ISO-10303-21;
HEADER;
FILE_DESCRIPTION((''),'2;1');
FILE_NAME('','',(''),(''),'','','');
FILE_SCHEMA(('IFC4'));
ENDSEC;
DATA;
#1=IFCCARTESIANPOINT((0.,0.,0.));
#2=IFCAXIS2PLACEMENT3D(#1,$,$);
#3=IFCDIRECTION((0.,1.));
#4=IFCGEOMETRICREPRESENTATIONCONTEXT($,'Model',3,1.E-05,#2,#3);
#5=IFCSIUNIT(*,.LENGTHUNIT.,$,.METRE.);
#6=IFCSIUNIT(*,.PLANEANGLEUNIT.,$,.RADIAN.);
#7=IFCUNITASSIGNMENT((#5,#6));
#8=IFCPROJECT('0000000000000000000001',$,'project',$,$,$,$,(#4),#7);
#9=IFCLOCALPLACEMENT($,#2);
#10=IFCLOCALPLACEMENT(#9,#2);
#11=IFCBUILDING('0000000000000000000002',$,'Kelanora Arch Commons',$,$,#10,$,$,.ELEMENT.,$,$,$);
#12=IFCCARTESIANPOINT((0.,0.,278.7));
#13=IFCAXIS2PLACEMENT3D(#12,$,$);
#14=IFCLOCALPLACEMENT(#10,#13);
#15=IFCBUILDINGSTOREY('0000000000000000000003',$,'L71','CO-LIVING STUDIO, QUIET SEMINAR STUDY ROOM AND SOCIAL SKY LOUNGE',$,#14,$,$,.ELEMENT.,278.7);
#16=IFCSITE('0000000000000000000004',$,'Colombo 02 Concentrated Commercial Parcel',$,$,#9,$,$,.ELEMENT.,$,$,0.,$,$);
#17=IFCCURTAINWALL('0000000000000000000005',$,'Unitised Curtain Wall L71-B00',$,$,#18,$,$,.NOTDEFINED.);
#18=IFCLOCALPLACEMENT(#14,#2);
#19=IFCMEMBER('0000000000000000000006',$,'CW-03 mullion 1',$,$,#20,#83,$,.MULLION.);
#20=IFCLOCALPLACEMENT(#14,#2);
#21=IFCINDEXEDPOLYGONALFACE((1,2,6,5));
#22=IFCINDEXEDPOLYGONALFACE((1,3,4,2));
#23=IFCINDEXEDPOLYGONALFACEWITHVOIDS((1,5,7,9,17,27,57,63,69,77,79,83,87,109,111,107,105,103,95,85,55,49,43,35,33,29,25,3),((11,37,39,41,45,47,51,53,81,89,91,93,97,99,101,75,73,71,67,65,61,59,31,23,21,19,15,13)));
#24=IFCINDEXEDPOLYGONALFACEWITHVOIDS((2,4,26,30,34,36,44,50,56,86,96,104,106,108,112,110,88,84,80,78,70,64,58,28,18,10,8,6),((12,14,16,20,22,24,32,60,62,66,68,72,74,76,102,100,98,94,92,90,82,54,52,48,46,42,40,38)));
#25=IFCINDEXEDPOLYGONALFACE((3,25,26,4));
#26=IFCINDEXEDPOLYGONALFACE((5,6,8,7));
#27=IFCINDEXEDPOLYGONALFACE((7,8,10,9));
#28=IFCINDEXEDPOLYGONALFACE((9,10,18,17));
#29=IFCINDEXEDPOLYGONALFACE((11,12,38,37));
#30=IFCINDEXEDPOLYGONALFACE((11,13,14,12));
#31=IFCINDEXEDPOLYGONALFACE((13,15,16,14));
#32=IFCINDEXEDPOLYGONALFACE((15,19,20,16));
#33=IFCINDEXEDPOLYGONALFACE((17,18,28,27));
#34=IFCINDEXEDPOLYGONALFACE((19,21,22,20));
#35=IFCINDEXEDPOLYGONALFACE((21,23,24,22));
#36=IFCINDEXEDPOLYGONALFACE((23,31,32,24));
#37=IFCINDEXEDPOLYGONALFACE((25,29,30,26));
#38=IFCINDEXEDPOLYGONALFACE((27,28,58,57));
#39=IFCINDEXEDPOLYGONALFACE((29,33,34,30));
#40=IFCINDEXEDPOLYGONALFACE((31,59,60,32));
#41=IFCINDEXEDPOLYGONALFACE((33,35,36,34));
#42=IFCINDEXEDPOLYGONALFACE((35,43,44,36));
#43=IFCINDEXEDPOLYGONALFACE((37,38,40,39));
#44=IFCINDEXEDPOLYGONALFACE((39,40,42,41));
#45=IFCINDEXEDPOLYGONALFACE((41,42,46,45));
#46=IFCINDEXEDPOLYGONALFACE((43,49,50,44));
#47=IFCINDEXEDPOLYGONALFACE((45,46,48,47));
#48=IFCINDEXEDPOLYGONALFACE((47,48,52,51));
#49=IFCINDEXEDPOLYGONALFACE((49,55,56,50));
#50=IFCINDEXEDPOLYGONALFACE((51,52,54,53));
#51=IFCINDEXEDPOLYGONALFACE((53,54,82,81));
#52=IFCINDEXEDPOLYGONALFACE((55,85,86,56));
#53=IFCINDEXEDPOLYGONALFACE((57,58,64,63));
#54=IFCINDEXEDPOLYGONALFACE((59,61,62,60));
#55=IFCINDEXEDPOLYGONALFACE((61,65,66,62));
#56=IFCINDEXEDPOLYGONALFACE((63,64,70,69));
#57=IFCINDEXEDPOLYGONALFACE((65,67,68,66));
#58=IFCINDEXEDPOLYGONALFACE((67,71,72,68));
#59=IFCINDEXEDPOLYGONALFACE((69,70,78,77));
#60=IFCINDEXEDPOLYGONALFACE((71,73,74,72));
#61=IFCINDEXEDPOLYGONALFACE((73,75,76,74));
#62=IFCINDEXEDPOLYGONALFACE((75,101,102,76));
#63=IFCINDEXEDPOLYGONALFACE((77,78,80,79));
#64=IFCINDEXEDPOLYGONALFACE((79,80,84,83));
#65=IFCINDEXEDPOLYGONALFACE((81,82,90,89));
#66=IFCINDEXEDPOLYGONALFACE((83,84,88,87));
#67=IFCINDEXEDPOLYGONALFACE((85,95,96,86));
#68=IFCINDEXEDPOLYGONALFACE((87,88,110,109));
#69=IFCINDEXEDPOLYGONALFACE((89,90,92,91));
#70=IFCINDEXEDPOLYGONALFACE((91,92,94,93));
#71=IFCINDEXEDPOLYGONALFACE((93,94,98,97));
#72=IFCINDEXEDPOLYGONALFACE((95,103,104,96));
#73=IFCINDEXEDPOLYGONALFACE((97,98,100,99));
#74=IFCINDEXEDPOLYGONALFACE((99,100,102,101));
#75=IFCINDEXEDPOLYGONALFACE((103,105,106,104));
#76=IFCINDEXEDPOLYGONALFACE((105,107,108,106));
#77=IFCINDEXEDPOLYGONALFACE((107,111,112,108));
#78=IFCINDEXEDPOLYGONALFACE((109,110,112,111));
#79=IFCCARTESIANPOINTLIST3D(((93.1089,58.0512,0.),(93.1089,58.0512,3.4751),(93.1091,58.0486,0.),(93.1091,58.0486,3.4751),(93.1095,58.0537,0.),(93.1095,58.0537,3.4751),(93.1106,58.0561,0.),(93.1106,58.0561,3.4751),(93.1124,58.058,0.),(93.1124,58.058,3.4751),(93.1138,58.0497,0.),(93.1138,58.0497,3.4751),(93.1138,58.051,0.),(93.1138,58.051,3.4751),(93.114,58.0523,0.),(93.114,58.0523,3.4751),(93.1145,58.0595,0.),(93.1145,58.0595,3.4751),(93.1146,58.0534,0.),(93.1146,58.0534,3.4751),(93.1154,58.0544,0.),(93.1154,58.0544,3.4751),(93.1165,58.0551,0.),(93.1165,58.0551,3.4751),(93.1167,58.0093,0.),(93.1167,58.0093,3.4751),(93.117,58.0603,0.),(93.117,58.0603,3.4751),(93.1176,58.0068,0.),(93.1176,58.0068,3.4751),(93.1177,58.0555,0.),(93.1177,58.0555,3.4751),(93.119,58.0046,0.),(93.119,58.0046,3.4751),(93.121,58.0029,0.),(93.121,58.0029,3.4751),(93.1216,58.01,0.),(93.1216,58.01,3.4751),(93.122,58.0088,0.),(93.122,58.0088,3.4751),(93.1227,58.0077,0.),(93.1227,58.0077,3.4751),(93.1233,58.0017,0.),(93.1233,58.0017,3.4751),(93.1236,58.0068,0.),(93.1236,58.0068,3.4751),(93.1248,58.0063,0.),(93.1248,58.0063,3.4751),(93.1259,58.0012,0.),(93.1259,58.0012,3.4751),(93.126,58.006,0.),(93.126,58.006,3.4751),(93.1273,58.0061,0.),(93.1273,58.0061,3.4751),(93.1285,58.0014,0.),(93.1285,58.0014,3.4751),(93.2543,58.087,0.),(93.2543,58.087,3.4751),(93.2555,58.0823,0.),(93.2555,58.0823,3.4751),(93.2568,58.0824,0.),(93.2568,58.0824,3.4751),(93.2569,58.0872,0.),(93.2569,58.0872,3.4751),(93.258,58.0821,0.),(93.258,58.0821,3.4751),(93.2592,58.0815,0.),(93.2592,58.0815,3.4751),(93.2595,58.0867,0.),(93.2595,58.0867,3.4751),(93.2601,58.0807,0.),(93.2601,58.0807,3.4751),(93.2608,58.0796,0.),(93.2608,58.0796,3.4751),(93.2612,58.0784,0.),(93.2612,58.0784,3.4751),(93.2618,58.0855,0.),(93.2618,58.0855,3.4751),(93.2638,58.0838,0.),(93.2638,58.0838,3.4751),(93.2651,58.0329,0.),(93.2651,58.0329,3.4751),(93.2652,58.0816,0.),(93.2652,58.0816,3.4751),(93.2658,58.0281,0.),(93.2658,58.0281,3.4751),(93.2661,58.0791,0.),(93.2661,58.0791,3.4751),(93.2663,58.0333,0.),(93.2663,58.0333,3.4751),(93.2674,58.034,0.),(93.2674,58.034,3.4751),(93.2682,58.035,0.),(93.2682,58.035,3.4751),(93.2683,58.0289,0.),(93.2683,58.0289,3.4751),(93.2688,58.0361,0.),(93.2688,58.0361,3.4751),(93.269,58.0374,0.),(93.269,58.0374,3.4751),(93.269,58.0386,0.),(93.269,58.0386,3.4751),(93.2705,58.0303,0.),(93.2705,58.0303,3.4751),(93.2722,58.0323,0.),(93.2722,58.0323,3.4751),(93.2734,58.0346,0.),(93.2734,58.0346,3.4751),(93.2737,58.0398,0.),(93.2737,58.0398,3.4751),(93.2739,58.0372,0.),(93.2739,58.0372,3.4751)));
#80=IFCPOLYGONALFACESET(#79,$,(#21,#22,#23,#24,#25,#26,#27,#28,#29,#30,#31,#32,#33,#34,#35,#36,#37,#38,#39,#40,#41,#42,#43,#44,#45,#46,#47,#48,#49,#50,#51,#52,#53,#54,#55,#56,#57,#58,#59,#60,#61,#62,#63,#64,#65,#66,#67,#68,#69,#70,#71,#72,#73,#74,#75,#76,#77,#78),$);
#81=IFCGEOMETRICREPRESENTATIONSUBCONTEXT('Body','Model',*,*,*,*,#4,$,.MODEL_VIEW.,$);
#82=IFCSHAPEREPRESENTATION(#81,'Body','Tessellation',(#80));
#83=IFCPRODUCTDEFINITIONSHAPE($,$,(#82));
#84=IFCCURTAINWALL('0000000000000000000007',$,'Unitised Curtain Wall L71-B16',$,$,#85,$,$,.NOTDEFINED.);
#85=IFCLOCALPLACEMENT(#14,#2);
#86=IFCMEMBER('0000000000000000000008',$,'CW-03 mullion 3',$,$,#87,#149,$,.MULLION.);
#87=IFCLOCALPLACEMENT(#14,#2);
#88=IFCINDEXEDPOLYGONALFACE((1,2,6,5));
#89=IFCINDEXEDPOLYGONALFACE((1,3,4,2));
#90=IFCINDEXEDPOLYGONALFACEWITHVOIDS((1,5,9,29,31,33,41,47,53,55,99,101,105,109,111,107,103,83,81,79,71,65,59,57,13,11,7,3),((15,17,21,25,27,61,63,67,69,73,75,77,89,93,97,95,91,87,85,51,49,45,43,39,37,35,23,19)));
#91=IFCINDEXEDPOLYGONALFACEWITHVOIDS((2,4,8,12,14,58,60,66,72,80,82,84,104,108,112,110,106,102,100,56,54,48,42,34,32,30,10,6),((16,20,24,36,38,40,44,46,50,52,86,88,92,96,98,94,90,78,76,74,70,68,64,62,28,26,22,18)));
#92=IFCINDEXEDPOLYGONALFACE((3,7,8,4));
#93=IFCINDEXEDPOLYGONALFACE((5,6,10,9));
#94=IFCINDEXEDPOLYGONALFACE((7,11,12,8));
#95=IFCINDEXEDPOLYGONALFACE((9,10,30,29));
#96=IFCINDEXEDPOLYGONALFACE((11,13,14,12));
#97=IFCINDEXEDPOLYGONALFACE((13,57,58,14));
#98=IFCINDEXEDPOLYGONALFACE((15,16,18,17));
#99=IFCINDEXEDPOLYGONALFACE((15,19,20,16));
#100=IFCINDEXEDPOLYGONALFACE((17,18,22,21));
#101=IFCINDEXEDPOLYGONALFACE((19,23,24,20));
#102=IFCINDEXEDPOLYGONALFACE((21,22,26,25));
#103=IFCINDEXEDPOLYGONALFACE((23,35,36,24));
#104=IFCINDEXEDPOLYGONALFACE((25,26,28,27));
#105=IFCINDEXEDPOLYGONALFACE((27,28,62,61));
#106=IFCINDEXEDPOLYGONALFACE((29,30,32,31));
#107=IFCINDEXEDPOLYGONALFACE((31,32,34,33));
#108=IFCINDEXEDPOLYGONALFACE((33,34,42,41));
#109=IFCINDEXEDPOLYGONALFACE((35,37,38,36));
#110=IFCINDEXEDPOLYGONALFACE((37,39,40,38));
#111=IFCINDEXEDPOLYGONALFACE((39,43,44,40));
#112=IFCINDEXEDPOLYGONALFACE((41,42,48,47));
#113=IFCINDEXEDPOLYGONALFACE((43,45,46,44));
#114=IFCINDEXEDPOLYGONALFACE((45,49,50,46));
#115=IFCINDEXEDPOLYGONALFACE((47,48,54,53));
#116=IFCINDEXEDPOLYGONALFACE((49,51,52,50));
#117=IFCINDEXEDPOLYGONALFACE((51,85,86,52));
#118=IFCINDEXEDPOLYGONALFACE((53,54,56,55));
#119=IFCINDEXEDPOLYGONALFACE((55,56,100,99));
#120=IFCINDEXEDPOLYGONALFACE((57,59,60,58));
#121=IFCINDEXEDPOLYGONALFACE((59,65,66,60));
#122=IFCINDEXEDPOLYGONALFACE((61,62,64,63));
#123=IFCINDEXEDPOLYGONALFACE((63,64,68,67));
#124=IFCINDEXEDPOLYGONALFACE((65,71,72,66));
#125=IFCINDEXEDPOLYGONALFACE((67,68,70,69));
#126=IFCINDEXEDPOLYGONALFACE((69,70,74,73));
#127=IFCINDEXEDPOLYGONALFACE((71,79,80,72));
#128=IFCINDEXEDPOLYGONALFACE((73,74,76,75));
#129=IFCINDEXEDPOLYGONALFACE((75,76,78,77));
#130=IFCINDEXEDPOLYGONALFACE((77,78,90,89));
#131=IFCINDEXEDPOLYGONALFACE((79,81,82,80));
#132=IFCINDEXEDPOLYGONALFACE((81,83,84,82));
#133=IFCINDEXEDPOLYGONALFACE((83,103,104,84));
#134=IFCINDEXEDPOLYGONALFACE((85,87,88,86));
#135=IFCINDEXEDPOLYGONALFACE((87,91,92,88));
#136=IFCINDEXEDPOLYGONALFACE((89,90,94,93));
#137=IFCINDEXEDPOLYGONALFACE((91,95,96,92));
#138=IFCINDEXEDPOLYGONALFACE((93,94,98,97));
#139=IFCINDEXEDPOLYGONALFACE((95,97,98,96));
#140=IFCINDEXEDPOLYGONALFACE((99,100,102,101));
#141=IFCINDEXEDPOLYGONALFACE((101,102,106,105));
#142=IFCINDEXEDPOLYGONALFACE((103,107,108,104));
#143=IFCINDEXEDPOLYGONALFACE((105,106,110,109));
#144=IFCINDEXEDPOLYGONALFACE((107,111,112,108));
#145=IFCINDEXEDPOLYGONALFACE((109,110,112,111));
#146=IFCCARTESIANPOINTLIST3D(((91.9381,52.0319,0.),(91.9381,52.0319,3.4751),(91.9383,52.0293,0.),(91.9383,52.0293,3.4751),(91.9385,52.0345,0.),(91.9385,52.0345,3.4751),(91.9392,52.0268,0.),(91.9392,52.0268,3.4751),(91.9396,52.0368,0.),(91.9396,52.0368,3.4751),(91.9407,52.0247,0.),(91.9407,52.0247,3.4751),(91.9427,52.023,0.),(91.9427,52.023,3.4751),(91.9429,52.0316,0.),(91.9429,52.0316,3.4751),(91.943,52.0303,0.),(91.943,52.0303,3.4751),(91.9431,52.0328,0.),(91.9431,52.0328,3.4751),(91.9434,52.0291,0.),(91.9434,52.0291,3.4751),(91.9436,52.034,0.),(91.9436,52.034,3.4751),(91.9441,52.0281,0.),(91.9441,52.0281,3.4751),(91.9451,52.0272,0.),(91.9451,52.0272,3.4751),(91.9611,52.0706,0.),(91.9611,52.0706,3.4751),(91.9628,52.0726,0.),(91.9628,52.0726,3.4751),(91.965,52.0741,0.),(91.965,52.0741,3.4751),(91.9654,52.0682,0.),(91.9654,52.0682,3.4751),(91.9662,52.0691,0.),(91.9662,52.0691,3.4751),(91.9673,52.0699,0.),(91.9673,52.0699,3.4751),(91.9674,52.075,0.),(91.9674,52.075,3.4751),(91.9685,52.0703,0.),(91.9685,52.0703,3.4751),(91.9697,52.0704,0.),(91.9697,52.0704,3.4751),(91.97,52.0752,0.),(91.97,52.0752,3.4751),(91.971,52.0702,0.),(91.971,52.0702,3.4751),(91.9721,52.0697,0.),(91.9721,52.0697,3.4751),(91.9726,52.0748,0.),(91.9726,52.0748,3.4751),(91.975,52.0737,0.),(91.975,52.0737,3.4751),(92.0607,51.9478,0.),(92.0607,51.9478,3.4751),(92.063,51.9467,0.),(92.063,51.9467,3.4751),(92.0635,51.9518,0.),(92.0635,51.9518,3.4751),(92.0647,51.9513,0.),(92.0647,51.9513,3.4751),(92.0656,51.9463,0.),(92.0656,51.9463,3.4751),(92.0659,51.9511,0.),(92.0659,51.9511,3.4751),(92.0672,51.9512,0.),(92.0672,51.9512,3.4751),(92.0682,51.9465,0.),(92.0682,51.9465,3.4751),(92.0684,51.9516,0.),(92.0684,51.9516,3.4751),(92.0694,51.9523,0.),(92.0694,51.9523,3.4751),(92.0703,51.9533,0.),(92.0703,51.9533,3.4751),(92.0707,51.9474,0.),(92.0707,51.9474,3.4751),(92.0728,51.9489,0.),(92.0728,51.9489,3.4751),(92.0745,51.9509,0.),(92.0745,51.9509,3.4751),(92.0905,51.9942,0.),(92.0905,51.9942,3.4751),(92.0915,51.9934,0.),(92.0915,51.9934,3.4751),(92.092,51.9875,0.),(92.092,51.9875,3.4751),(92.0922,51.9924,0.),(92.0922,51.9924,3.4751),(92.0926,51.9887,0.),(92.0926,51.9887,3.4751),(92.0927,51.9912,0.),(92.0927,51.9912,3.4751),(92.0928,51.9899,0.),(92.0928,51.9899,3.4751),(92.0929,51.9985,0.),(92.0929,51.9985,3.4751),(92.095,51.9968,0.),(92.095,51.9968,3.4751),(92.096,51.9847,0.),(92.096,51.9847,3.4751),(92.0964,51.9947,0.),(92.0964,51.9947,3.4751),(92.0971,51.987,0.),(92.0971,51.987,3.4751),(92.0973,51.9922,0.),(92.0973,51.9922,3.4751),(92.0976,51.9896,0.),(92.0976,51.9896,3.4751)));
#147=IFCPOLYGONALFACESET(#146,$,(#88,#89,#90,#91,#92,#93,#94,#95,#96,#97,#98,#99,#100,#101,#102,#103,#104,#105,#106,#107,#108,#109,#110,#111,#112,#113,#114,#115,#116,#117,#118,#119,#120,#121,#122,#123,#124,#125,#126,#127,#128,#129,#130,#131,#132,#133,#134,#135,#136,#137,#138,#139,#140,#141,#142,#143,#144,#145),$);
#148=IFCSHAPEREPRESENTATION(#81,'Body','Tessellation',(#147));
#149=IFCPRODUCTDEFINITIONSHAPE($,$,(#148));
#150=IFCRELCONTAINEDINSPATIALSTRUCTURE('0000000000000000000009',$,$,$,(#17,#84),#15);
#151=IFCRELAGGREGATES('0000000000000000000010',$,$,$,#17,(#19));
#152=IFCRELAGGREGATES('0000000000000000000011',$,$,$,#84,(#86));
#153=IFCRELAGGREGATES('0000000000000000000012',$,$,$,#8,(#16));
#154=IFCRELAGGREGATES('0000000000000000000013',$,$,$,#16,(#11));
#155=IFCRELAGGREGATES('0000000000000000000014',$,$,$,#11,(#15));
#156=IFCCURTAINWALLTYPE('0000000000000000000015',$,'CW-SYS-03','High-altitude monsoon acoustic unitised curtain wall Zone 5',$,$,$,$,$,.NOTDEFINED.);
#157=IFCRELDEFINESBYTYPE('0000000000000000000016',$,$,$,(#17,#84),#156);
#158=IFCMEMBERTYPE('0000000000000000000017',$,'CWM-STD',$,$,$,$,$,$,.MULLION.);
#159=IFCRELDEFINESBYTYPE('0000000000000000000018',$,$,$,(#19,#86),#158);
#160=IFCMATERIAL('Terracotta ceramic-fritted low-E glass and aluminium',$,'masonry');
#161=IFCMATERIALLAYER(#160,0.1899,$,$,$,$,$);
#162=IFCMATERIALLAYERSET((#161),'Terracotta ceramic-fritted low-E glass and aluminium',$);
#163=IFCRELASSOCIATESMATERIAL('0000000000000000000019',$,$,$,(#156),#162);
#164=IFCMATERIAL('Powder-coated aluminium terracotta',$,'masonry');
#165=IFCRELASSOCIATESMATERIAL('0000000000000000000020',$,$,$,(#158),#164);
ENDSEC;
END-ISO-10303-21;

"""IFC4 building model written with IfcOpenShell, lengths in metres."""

from ifc_helpers import new_model, si_unit, direction, frame, origin, origin_2d, place, context, subcontext, project, spatial, hollow_rectangle, extrude, material, layer, layer_set, material_profile, profile_set, type_object, element, aggregate, save


model = new_model("IFC4")

# Units and contexts
model_context = context("Model", 3, precision=1e-05, world=origin(), true_north=direction((0.0, 1.0)))
body_context = subcontext(model_context, "Body", "Model", "MODEL_VIEW")
ifc_project = project(units=[si_unit("LENGTHUNIT", "METRE"), si_unit("PLANEANGLEUNIT", "RADIAN")], contexts=[model_context])

# Site, building, storey
site_placement = place(None, origin())
site = spatial("IfcSite", under=ifc_project, at=site_placement, Name="Colombo 02 Concentrated Commercial Parcel", CompositionType="ELEMENT", RefElevation=0.0)
building_placement = place(site_placement, origin())
building = spatial("IfcBuilding", under=site, at=building_placement, Name="Kelanora Arch Commons", CompositionType="ELEMENT")
storey_placement = place(building_placement, frame((0.0, 0.0, 278.7)))
storey = spatial("IfcBuildingStorey", under=building, at=storey_placement, Name="L71", Description="CO-LIVING STUDIO, QUIET SEMINAR STUDY ROOM AND SOCIAL SKY LOUNGE", CompositionType="ELEMENT", Elevation=278.7)

# Curtain walls, members
ifc_material_1 = material(Name="Terracotta ceramic-fritted low-E glass and aluminium", Category="masonry")
ifc_layer_1 = layer(ifc_material_1, 0.1899)
ifc_layer_set_1 = layer_set([ifc_layer_1], Name="Terracotta ceramic-fritted low-E glass and aluminium")
curtain_wall_type = type_object("IfcCurtainWallType", Name="CW-SYS-03", Description="High-altitude monsoon acoustic unitised curtain wall Zone 5", PredefinedType="NOTDEFINED", material=ifc_layer_set_1)
curtain_wall_1_placement = place(storey_placement, origin())
curtain_wall_1 = element("IfcCurtainWall", 1, at=curtain_wall_1_placement, inside=storey, type_object=curtain_wall_type, Name="Unitised Curtain Wall L71-B00", PredefinedType="NOTDEFINED")
ifc_material_2 = material(Name="Powder-coated aluminium terracotta", Category="masonry")
ifc_material_profile_1 = material_profile(ifc_material_2, hollow_rectangle(XDim=0.1599, YDim=0.0601, WallThickness=0.0049, InnerFilletRadius=0.0049, OuterFilletRadius=0.01, at=origin_2d()), Name="CWM160x60")
ifc_profile_set_1 = profile_set([ifc_material_profile_1], Name="Powder-coated aluminium terracotta")
member_type_1 = type_object("IfcMemberType", Name="CWM-STD", PredefinedType="MULLION", material=ifc_profile_set_1)
member_1_placement = place(storey_placement, frame((93.1914, 58.0442, 0.0), z_axis=(0.0, 0.0, 1.0), x_axis=(-0.981596, -0.190972, 0.0)))
member_1 = element("IfcMember", 2, at=member_1_placement, type_object=member_type_1, Name="CW-03 mullion 1", PredefinedType="MULLION", context=body_context, shape_type="SweptSolid", body=[
    extrude(hollow_rectangle(XDim=0.1599, YDim=0.0601, WallThickness=0.0049, InnerFilletRadius=0.0049, OuterFilletRadius=0.01, at=origin_2d()), origin(), (0.0, 0.0, 1.0), 3.4751),
])
curtain_wall_2_placement = place(storey_placement, origin())
curtain_wall_2 = element("IfcCurtainWall", 3, at=curtain_wall_2_placement, inside=storey, type_object=curtain_wall_type, Name="Unitised Curtain Wall L71-B16", PredefinedType="NOTDEFINED")
member_2_placement = place(storey_placement, frame((92.0178, 52.0107, 0.0), z_axis=(0.0, 0.0, 1.0), x_axis=(-0.843391, 0.5373, 0.0)))
member_2 = element("IfcMember", 4, at=member_2_placement, type_object=member_type_1, Name="CW-03 mullion 3", PredefinedType="MULLION", context=body_context, shape_type="SweptSolid", body=[
    extrude(hollow_rectangle(XDim=0.1599, YDim=0.0601, WallThickness=0.0049, InnerFilletRadius=0.0049, OuterFilletRadius=0.01, at=origin_2d()), origin(), (0.0, 0.0, 1.0), 3.4751),
])

aggregate(curtain_wall_1, [member_1])

aggregate(curtain_wall_2, [member_2])

save(model, "model.ifc")
